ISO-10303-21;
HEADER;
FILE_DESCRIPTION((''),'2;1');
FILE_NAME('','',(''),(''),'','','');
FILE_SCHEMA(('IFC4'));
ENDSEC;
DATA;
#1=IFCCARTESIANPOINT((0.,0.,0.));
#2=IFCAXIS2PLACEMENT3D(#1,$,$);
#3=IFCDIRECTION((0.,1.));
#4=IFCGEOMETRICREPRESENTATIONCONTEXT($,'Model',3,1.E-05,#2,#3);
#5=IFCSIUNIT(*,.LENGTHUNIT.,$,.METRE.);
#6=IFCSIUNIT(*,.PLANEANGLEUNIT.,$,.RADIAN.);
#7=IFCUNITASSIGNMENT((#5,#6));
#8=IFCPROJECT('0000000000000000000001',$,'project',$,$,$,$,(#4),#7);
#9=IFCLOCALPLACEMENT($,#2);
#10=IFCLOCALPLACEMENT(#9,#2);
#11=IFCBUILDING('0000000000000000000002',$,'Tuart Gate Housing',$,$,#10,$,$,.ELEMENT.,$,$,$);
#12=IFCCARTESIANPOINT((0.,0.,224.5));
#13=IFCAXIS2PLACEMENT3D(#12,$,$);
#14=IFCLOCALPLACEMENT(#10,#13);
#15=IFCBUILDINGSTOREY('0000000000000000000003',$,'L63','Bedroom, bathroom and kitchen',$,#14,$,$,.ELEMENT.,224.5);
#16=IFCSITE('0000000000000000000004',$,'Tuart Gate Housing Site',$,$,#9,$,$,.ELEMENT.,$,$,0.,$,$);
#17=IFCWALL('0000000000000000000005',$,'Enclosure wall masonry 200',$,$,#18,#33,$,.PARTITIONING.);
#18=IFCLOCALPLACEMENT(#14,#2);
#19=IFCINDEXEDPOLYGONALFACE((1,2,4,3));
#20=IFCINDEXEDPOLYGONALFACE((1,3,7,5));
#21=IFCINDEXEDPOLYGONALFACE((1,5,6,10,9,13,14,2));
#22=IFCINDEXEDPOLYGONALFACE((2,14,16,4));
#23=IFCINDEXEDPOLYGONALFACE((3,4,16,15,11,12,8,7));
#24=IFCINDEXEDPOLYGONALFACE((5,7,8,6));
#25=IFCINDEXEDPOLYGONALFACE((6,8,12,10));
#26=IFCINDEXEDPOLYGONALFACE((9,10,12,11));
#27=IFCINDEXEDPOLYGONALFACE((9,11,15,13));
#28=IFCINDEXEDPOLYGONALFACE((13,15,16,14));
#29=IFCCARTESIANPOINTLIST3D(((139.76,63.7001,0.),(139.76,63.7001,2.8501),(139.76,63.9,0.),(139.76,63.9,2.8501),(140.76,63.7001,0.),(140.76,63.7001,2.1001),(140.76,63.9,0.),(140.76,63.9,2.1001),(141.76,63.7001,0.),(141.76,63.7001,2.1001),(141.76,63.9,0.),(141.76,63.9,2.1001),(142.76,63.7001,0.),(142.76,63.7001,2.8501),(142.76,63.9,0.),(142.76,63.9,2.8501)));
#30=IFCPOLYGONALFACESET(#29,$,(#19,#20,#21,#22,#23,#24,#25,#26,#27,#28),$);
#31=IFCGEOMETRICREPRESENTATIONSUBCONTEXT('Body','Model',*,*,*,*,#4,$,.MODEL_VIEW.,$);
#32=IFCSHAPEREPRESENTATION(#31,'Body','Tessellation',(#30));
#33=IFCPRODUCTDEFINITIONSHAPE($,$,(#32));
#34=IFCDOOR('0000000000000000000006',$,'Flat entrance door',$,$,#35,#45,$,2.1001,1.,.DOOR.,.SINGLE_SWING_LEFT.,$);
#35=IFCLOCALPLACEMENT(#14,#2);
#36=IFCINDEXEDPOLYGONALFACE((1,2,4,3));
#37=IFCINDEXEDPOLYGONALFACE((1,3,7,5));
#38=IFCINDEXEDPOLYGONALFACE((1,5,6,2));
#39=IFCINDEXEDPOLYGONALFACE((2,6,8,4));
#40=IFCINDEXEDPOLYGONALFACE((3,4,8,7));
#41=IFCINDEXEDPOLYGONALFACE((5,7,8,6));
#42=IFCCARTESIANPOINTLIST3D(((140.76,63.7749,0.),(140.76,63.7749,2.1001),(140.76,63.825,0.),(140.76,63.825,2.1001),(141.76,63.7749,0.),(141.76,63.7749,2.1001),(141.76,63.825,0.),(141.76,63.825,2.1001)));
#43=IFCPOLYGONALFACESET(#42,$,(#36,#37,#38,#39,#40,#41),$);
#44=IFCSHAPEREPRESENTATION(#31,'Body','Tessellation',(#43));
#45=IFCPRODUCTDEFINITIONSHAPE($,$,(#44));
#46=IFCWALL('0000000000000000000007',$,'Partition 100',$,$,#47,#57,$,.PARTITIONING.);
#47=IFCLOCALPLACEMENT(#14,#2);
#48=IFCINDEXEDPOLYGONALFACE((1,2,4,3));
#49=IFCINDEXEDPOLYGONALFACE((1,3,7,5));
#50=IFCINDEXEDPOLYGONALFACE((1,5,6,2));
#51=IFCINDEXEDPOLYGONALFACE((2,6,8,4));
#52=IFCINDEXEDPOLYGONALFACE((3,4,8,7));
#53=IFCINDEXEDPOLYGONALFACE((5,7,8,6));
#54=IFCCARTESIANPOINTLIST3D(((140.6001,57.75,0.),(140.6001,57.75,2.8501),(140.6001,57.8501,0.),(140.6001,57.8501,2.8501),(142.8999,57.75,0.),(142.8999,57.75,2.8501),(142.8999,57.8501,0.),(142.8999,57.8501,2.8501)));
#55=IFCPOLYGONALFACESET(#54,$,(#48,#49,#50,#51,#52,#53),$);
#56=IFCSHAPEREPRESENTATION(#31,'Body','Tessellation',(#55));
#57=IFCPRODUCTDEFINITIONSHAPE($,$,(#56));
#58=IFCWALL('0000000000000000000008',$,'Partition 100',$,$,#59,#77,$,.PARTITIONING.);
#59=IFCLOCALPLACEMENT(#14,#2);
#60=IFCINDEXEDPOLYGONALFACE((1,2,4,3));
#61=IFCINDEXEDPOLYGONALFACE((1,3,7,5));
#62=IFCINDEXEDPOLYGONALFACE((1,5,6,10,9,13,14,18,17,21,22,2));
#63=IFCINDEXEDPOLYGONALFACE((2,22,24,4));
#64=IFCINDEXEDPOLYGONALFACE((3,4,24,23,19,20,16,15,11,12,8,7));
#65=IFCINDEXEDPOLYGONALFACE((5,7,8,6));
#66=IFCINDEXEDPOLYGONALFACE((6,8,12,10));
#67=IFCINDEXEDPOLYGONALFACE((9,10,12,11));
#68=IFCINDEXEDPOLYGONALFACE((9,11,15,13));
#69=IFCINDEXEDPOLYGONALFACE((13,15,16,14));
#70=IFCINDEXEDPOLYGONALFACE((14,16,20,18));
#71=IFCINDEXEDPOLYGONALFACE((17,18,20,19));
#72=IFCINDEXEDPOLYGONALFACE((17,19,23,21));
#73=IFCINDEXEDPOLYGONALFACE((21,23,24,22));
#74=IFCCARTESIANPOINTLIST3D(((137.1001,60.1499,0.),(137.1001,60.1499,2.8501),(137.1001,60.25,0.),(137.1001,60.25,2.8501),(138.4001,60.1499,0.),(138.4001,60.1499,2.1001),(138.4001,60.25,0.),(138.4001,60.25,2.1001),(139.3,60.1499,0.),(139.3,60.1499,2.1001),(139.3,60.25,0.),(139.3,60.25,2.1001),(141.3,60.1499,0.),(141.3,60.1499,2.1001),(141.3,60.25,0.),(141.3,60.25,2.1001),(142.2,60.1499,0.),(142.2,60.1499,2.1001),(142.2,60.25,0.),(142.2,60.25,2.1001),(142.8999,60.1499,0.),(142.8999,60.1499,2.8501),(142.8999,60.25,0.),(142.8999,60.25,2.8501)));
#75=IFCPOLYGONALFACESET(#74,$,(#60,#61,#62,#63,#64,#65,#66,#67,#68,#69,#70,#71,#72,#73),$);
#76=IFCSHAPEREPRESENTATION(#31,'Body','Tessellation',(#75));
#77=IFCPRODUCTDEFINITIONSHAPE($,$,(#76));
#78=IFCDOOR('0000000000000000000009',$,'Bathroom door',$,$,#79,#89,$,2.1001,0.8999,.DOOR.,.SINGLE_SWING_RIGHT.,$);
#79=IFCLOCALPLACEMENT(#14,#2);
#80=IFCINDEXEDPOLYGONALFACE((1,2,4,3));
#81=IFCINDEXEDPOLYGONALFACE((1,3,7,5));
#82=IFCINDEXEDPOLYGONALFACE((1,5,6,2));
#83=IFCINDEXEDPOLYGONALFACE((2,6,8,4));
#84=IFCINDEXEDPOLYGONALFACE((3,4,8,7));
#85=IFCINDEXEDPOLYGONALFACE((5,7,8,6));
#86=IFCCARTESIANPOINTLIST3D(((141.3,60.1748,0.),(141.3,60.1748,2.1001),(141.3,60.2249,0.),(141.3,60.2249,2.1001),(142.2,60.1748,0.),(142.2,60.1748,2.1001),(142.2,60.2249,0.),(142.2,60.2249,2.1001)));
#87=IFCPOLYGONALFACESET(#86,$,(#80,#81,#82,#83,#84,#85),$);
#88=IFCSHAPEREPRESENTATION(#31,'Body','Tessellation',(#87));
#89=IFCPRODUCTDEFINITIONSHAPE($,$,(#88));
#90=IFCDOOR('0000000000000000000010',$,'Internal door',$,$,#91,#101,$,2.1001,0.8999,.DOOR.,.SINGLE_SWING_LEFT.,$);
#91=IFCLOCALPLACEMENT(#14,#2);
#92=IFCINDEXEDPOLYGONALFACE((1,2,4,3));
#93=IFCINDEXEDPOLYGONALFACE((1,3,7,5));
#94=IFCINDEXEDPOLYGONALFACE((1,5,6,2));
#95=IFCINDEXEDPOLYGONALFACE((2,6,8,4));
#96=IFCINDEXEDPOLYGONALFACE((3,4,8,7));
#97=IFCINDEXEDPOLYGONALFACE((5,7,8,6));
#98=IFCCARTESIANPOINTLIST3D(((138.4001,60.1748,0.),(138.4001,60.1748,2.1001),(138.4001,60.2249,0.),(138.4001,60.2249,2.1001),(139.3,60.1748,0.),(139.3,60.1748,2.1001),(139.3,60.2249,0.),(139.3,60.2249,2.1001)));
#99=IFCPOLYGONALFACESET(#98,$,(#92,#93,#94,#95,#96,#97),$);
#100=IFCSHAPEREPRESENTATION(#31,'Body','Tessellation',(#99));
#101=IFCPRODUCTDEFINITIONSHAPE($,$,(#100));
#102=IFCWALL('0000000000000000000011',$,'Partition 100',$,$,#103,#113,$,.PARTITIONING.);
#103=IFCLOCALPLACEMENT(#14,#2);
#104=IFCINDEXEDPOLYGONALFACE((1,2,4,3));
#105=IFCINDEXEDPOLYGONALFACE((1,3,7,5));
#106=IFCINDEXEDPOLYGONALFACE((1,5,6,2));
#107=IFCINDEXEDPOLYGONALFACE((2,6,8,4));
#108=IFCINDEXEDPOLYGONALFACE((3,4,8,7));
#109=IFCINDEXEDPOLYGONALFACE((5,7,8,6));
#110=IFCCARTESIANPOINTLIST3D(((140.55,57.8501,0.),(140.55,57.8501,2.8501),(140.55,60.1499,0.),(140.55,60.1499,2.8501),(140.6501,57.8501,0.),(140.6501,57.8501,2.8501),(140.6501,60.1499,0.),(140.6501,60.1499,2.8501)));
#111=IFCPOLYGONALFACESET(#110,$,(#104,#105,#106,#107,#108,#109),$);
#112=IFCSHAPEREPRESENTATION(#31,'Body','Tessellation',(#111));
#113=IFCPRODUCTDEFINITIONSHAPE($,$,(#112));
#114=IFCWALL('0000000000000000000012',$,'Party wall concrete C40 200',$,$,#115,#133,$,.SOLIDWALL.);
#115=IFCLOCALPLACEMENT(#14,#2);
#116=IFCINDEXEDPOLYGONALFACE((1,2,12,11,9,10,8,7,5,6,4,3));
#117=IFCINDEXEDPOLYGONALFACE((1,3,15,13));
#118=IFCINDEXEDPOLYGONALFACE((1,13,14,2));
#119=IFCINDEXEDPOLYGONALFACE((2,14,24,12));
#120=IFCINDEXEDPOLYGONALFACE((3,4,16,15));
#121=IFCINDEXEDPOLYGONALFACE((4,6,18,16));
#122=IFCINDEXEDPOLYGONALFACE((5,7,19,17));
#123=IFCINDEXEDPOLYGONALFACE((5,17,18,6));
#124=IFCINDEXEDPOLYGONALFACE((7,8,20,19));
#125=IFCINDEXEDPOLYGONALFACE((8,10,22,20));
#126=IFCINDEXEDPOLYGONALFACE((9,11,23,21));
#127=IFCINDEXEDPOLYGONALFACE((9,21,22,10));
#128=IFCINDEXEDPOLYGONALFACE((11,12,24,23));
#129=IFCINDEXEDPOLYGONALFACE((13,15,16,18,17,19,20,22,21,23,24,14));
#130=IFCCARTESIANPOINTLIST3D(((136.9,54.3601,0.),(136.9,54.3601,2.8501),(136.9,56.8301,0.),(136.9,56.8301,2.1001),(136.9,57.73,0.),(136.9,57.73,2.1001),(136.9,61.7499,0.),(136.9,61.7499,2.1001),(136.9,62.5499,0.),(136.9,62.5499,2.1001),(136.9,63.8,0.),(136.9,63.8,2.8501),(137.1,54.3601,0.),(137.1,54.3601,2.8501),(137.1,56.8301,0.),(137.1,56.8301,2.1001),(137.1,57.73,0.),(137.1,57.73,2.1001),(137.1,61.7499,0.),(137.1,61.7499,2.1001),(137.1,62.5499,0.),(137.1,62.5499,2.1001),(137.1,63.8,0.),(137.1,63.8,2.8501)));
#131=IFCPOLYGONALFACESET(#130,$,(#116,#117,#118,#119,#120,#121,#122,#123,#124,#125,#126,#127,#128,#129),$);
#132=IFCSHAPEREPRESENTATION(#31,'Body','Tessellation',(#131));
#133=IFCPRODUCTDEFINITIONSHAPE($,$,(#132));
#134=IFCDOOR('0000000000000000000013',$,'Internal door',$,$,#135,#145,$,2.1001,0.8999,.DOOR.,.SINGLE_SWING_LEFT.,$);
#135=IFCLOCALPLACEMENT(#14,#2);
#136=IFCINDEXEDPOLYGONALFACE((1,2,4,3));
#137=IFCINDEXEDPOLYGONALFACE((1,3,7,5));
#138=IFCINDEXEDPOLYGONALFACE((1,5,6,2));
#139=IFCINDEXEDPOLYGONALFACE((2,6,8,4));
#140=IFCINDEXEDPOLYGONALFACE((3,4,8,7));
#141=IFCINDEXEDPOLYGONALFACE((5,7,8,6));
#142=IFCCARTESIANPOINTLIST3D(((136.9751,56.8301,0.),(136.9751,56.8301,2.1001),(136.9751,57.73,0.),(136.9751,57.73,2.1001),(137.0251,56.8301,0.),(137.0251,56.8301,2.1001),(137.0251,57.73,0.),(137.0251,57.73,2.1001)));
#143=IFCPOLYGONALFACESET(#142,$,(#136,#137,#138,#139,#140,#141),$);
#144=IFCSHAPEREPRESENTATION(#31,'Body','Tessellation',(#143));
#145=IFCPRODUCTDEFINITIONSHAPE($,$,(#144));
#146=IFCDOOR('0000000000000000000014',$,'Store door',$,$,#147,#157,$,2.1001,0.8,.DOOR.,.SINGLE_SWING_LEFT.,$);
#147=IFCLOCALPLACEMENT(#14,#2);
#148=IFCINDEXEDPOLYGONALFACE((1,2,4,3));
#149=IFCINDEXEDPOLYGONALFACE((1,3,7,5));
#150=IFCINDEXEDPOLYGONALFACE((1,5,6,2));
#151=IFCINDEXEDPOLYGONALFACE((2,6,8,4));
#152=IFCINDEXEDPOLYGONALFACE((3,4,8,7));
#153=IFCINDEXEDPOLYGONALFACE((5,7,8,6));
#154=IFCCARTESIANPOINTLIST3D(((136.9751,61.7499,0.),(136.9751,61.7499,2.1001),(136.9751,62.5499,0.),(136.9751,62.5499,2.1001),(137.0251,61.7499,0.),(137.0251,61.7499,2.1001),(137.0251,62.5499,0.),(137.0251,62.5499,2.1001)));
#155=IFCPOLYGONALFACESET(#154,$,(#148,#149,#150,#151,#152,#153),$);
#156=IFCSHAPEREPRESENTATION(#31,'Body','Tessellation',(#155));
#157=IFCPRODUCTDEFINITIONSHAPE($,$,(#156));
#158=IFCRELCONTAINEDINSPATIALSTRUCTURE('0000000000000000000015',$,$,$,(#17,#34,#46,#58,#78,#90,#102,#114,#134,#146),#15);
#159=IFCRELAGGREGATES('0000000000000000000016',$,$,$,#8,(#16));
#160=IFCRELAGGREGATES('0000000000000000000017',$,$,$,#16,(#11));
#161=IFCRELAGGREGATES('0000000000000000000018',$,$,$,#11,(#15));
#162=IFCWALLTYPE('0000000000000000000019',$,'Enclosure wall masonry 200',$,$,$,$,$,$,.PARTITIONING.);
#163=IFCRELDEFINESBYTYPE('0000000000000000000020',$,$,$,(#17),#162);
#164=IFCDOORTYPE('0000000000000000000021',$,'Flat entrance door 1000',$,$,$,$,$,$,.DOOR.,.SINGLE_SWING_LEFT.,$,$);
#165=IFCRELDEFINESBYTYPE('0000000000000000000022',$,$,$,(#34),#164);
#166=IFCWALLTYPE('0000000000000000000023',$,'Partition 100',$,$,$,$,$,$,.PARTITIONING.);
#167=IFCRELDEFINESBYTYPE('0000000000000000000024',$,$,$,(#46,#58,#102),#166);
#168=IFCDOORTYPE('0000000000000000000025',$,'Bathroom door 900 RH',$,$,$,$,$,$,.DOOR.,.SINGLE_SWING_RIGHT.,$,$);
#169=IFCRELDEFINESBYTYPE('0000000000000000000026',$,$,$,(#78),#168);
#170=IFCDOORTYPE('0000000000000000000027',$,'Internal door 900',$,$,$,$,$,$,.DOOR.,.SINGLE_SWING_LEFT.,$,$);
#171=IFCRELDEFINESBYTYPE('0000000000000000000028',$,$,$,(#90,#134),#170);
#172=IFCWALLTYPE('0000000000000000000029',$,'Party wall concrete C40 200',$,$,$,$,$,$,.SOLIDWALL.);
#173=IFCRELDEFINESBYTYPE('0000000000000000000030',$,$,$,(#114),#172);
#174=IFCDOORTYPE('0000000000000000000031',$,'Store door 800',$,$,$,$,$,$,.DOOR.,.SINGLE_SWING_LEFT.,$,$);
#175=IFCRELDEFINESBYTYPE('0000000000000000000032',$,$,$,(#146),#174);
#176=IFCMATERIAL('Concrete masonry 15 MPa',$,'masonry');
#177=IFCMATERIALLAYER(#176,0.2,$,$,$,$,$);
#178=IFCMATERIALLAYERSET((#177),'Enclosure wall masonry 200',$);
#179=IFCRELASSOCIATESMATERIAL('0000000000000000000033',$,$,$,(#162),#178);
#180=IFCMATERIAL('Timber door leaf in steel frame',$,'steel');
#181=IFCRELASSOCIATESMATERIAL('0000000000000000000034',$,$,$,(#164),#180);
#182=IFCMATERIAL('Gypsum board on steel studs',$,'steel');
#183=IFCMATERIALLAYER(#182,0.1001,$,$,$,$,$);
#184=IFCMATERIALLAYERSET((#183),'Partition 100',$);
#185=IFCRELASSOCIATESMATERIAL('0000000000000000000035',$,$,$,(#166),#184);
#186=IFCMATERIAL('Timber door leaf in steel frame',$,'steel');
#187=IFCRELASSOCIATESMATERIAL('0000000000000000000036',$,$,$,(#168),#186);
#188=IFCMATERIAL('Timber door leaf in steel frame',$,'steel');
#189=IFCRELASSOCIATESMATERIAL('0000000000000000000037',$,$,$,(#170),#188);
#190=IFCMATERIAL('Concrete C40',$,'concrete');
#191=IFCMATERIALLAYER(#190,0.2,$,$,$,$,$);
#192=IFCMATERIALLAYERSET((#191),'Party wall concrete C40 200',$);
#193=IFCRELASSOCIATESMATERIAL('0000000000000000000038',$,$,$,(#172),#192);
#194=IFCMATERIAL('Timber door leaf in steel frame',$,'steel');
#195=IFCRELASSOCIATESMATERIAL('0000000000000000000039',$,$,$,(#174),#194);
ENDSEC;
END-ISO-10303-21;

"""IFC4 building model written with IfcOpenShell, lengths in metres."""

from ifc_helpers import new_model, si_unit, direction, frame, frame_2d, origin, place, context, subcontext, project, spatial, rectangle, extrude, material, layer, layer_set, type_object, element, fill, save


model = new_model("IFC4")

# Units and contexts
model_context = context("Model", 3, precision=1e-05, world=origin(), true_north=direction((0.0, 1.0)))
body_context = subcontext(model_context, "Body", "Model", "MODEL_VIEW")
ifc_project = project(units=[si_unit("LENGTHUNIT", "METRE"), si_unit("PLANEANGLEUNIT", "RADIAN")], contexts=[model_context])

# Site, building, storey
site_placement = place(None, origin())
site = spatial("IfcSite", under=ifc_project, at=site_placement, Name="Tuart Gate Housing Site", CompositionType="ELEMENT", RefElevation=0.0)
building_placement = place(site_placement, origin())
building = spatial("IfcBuilding", under=site, at=building_placement, Name="Tuart Gate Housing", CompositionType="ELEMENT")
storey_placement = place(building_placement, frame((0.0, 0.0, 224.5)))
storey = spatial("IfcBuildingStorey", under=building, at=storey_placement, Name="L63", Description="Bedroom, bathroom and kitchen", CompositionType="ELEMENT", Elevation=224.5)

# Wall, opening, door
ifc_material_1 = material(Name="Concrete masonry 15 MPa", Category="masonry")
ifc_layer_1 = layer(ifc_material_1, 0.2)
ifc_layer_set_1 = layer_set([ifc_layer_1], Name="Enclosure wall masonry 200")
wall_type_1 = type_object("IfcWallType", Name="Enclosure wall masonry 200", PredefinedType="PARTITIONING", material=ifc_layer_set_1)
wall_1_placement = place(storey_placement, frame((139.76, 63.8, 0.0), z_axis=(0.0, 0.0, 1.0), x_axis=(1.0, 0.0, 0.0)))
wall_1 = element("IfcWall", 1, at=wall_1_placement, inside=storey, type_object=wall_type_1, Name="Enclosure wall masonry 200", PredefinedType="PARTITIONING", context=body_context, shape_type="SweptSolid", body=[
    extrude(rectangle(XDim=3.0, YDim=0.2, at=frame_2d((1.5, 0.0))), origin(), (0.0, 0.0, 1.0), 2.8501),
])
opening_1_placement = place(wall_1_placement, frame((1.0, 0.0, 0.0)))
opening_1 = element("IfcOpeningElement", 2, at=opening_1_placement, cuts=wall_1, PredefinedType="OPENING", context=body_context, shape_type="SweptSolid", body=[
    extrude(rectangle(XDim=1.0, YDim=2.1001, at=frame_2d((0.5, 1.05))), frame((0.0, 0.1099, 0.0), z_axis=(0.0, -1.0, 0.0), x_axis=(1.0, 0.0, 0.0)), (0.0, 0.0, 1.0), 0.22),
])
ifc_material_2 = material(Name="Timber door leaf in steel frame", Category="steel")
door_type_1 = type_object("IfcDoorType", Name="Flat entrance door 1000", OperationType="SINGLE_SWING_LEFT", PredefinedType="DOOR", material=ifc_material_2)
door_1_placement = place(opening_1_placement, frame((1.0, 0.0, 0.0), z_axis=(0.0, 0.0, 1.0), x_axis=(-1.0, 0.0, 0.0)))
door_1 = element("IfcDoor", 3, at=door_1_placement, inside=storey, type_object=door_type_1, Name="Flat entrance door", OperationType="SINGLE_SWING_LEFT", OverallHeight=2.1001, OverallWidth=1.0, PredefinedType="DOOR", context=body_context, shape_type="SweptSolid", body=[
    extrude(rectangle(XDim=1.0, YDim=2.1001, at=frame_2d((0.5, 1.05))), frame((0.0, 0.0251, 0.0), z_axis=(0.0, -1.0, 0.0), x_axis=(1.0, 0.0, 0.0)), (0.0, 0.0, 1.0), 0.05),
])
fill(opening_1, door_1)

# Wall
ifc_material_3 = material(Name="Gypsum board on steel studs", Category="steel")
ifc_layer_2 = layer(ifc_material_3, 0.1001)
ifc_layer_set_2 = layer_set([ifc_layer_2], Name="Partition 100")
wall_type_2 = type_object("IfcWallType", Name="Partition 100", PredefinedType="PARTITIONING", material=ifc_layer_set_2)
wall_2_placement = place(storey_placement, frame((140.6001, 57.8, 0.0), z_axis=(0.0, 0.0, 1.0), x_axis=(1.0, 0.0, 0.0)))
element("IfcWall", 4, at=wall_2_placement, inside=storey, type_object=wall_type_2, Name="Partition 100", PredefinedType="PARTITIONING", context=body_context, shape_type="SweptSolid", body=[
    extrude(rectangle(XDim=2.2998, YDim=0.1001, at=frame_2d((1.1499, 0.0))), origin(), (0.0, 0.0, 1.0), 2.8501),
])

# Wall, openings, doors
wall_3_placement = place(storey_placement, frame((137.1001, 60.2, 0.0), z_axis=(0.0, 0.0, 1.0), x_axis=(1.0, 0.0, 0.0)))
wall_3 = element("IfcWall", 5, at=wall_3_placement, inside=storey, type_object=wall_type_2, Name="Partition 100", PredefinedType="PARTITIONING", context=body_context, shape_type="SweptSolid", body=[
    extrude(rectangle(XDim=5.7998, YDim=0.1001, at=frame_2d((2.8999, 0.0))), origin(), (0.0, 0.0, 1.0), 2.8501),
])
opening_2_placement = place(wall_3_placement, frame((1.3, 0.0, 0.0)))
opening_2 = element("IfcOpeningElement", 6, at=opening_2_placement, cuts=wall_3, PredefinedType="OPENING", context=body_context, shape_type="SweptSolid", body=[
    extrude(rectangle(XDim=0.8999, YDim=2.1001, at=frame_2d((0.45, 1.05))), frame((0.0, 0.0601, 0.0), z_axis=(0.0, -1.0, 0.0), x_axis=(1.0, 0.0, 0.0)), (0.0, 0.0, 1.0), 0.1201),
])
opening_3_placement = place(wall_3_placement, frame((4.2, 0.0, 0.0)))
opening_3 = element("IfcOpeningElement", 7, at=opening_3_placement, cuts=wall_3, PredefinedType="OPENING", context=body_context, shape_type="SweptSolid", body=[
    extrude(rectangle(XDim=0.8999, YDim=2.1001, at=frame_2d((0.45, 1.05))), frame((0.0, 0.0601, 0.0), z_axis=(0.0, -1.0, 0.0), x_axis=(1.0, 0.0, 0.0)), (0.0, 0.0, 1.0), 0.1201),
])
ifc_material_4 = material(Name="Timber door leaf in steel frame", Category="steel")
door_type_2 = type_object("IfcDoorType", Name="Bathroom door 900 RH", OperationType="SINGLE_SWING_RIGHT", PredefinedType="DOOR", material=ifc_material_4)
door_2_placement = place(opening_3_placement, frame((0.8999, 0.0, 0.0), z_axis=(0.0, 0.0, 1.0), x_axis=(-1.0, 0.0, 0.0)))
door_2 = element("IfcDoor", 8, at=door_2_placement, inside=storey, type_object=door_type_2, Name="Bathroom door", OperationType="SINGLE_SWING_RIGHT", OverallHeight=2.1001, OverallWidth=0.8999, PredefinedType="DOOR", context=body_context, shape_type="SweptSolid", body=[
    extrude(rectangle(XDim=0.8999, YDim=2.1001, at=frame_2d((0.45, 1.05))), frame((0.0, 0.0251, 0.0), z_axis=(0.0, -1.0, 0.0), x_axis=(1.0, 0.0, 0.0)), (0.0, 0.0, 1.0), 0.05),
])
fill(opening_3, door_2)
ifc_material_5 = material(Name="Timber door leaf in steel frame", Category="steel")
door_type_3 = type_object("IfcDoorType", Name="Internal door 900", OperationType="SINGLE_SWING_LEFT", PredefinedType="DOOR", material=ifc_material_5)
door_3_placement = place(opening_2_placement, origin())
door_3 = element("IfcDoor", 9, at=door_3_placement, inside=storey, type_object=door_type_3, Name="Internal door", OperationType="SINGLE_SWING_LEFT", OverallHeight=2.1001, OverallWidth=0.8999, PredefinedType="DOOR", context=body_context, shape_type="SweptSolid", body=[
    extrude(rectangle(XDim=0.8999, YDim=2.1001, at=frame_2d((0.45, 1.05))), frame((0.0, 0.0249, 0.0), z_axis=(0.0, -1.0, 0.0), x_axis=(1.0, 0.0, 0.0)), (0.0, 0.0, 1.0), 0.05),
])
fill(opening_2, door_3)

# Wall
wall_4_placement = place(storey_placement, frame((140.6001, 57.8501, 0.0), z_axis=(0.0, 0.0, 1.0), x_axis=(0.0, 1.0, 0.0)))
element("IfcWall", 10, at=wall_4_placement, inside=storey, type_object=wall_type_2, Name="Partition 100", PredefinedType="PARTITIONING", context=body_context, shape_type="SweptSolid", body=[
    extrude(rectangle(XDim=2.2998, YDim=0.1001, at=frame_2d((1.1499, 0.0))), origin(), (0.0, 0.0, 1.0), 2.8501),
])

# Wall, openings, doors
ifc_material_6 = material(Name="Concrete C40", Category="concrete")
ifc_layer_3 = layer(ifc_material_6, 0.2)
ifc_layer_set_3 = layer_set([ifc_layer_3], Name="Party wall concrete C40 200")
wall_type_3 = type_object("IfcWallType", Name="Party wall concrete C40 200", PredefinedType="SOLIDWALL", material=ifc_layer_set_3)
wall_5_placement = place(storey_placement, frame((137.0, 54.3601, 0.0), z_axis=(0.0, 0.0, 1.0), x_axis=(0.0, 1.0, 0.0)))
wall_5 = element("IfcWall", 11, at=wall_5_placement, inside=storey, type_object=wall_type_3, Name="Party wall concrete C40 200", PredefinedType="SOLIDWALL", context=body_context, shape_type="SweptSolid", body=[
    extrude(rectangle(XDim=9.4399, YDim=0.2, at=frame_2d((4.72, 0.0))), origin(), (0.0, 0.0, 1.0), 2.8501),
])
opening_4_placement = place(wall_5_placement, frame((2.47, 0.0, 0.0)))
opening_4 = element("IfcOpeningElement", 12, at=opening_4_placement, cuts=wall_5, PredefinedType="OPENING", context=body_context, shape_type="SweptSolid", body=[
    extrude(rectangle(XDim=0.8999, YDim=2.1001, at=frame_2d((0.45, 1.05))), frame((0.0, 0.1099, 0.0), z_axis=(0.0, -1.0, 0.0), x_axis=(1.0, 0.0, 0.0)), (0.0, 0.0, 1.0), 0.22),
])
opening_5_placement = place(wall_5_placement, frame((7.3899, 0.0, 0.0)))
opening_5 = element("IfcOpeningElement", 13, at=opening_5_placement, cuts=wall_5, PredefinedType="OPENING", context=body_context, shape_type="SweptSolid", body=[
    extrude(rectangle(XDim=0.8, YDim=2.1001, at=frame_2d((0.3999, 1.05))), frame((0.0, 0.1099, 0.0), z_axis=(0.0, -1.0, 0.0), x_axis=(1.0, 0.0, 0.0)), (0.0, 0.0, 1.0), 0.22),
])
door_4_placement = place(opening_4_placement, origin())
door_4 = element("IfcDoor", 14, at=door_4_placement, inside=storey, type_object=door_type_3, Name="Internal door", OperationType="SINGLE_SWING_LEFT", OverallHeight=2.1001, OverallWidth=0.8999, PredefinedType="DOOR", context=body_context, shape_type="SweptSolid", body=[
    extrude(rectangle(XDim=0.8999, YDim=2.1001, at=frame_2d((0.45, 1.05))), frame((0.0, 0.0249, 0.0), z_axis=(0.0, -1.0, 0.0), x_axis=(1.0, 0.0, 0.0)), (0.0, 0.0, 1.0), 0.05),
])
fill(opening_4, door_4)
ifc_material_7 = material(Name="Timber door leaf in steel frame", Category="steel")
door_type_4 = type_object("IfcDoorType", Name="Store door 800", OperationType="SINGLE_SWING_LEFT", PredefinedType="DOOR", material=ifc_material_7)
door_5_placement = place(opening_5_placement, origin())
door_5 = element("IfcDoor", 15, at=door_5_placement, inside=storey, type_object=door_type_4, Name="Store door", OperationType="SINGLE_SWING_LEFT", OverallHeight=2.1001, OverallWidth=0.8, PredefinedType="DOOR", context=body_context, shape_type="SweptSolid", body=[
    extrude(rectangle(XDim=0.8, YDim=2.1001, at=frame_2d((0.3999, 1.05))), frame((0.0, 0.0249, 0.0), z_axis=(0.0, -1.0, 0.0), x_axis=(1.0, 0.0, 0.0)), (0.0, 0.0, 1.0), 0.05),
])
fill(opening_5, door_5)

save(model, "model.ifc")
